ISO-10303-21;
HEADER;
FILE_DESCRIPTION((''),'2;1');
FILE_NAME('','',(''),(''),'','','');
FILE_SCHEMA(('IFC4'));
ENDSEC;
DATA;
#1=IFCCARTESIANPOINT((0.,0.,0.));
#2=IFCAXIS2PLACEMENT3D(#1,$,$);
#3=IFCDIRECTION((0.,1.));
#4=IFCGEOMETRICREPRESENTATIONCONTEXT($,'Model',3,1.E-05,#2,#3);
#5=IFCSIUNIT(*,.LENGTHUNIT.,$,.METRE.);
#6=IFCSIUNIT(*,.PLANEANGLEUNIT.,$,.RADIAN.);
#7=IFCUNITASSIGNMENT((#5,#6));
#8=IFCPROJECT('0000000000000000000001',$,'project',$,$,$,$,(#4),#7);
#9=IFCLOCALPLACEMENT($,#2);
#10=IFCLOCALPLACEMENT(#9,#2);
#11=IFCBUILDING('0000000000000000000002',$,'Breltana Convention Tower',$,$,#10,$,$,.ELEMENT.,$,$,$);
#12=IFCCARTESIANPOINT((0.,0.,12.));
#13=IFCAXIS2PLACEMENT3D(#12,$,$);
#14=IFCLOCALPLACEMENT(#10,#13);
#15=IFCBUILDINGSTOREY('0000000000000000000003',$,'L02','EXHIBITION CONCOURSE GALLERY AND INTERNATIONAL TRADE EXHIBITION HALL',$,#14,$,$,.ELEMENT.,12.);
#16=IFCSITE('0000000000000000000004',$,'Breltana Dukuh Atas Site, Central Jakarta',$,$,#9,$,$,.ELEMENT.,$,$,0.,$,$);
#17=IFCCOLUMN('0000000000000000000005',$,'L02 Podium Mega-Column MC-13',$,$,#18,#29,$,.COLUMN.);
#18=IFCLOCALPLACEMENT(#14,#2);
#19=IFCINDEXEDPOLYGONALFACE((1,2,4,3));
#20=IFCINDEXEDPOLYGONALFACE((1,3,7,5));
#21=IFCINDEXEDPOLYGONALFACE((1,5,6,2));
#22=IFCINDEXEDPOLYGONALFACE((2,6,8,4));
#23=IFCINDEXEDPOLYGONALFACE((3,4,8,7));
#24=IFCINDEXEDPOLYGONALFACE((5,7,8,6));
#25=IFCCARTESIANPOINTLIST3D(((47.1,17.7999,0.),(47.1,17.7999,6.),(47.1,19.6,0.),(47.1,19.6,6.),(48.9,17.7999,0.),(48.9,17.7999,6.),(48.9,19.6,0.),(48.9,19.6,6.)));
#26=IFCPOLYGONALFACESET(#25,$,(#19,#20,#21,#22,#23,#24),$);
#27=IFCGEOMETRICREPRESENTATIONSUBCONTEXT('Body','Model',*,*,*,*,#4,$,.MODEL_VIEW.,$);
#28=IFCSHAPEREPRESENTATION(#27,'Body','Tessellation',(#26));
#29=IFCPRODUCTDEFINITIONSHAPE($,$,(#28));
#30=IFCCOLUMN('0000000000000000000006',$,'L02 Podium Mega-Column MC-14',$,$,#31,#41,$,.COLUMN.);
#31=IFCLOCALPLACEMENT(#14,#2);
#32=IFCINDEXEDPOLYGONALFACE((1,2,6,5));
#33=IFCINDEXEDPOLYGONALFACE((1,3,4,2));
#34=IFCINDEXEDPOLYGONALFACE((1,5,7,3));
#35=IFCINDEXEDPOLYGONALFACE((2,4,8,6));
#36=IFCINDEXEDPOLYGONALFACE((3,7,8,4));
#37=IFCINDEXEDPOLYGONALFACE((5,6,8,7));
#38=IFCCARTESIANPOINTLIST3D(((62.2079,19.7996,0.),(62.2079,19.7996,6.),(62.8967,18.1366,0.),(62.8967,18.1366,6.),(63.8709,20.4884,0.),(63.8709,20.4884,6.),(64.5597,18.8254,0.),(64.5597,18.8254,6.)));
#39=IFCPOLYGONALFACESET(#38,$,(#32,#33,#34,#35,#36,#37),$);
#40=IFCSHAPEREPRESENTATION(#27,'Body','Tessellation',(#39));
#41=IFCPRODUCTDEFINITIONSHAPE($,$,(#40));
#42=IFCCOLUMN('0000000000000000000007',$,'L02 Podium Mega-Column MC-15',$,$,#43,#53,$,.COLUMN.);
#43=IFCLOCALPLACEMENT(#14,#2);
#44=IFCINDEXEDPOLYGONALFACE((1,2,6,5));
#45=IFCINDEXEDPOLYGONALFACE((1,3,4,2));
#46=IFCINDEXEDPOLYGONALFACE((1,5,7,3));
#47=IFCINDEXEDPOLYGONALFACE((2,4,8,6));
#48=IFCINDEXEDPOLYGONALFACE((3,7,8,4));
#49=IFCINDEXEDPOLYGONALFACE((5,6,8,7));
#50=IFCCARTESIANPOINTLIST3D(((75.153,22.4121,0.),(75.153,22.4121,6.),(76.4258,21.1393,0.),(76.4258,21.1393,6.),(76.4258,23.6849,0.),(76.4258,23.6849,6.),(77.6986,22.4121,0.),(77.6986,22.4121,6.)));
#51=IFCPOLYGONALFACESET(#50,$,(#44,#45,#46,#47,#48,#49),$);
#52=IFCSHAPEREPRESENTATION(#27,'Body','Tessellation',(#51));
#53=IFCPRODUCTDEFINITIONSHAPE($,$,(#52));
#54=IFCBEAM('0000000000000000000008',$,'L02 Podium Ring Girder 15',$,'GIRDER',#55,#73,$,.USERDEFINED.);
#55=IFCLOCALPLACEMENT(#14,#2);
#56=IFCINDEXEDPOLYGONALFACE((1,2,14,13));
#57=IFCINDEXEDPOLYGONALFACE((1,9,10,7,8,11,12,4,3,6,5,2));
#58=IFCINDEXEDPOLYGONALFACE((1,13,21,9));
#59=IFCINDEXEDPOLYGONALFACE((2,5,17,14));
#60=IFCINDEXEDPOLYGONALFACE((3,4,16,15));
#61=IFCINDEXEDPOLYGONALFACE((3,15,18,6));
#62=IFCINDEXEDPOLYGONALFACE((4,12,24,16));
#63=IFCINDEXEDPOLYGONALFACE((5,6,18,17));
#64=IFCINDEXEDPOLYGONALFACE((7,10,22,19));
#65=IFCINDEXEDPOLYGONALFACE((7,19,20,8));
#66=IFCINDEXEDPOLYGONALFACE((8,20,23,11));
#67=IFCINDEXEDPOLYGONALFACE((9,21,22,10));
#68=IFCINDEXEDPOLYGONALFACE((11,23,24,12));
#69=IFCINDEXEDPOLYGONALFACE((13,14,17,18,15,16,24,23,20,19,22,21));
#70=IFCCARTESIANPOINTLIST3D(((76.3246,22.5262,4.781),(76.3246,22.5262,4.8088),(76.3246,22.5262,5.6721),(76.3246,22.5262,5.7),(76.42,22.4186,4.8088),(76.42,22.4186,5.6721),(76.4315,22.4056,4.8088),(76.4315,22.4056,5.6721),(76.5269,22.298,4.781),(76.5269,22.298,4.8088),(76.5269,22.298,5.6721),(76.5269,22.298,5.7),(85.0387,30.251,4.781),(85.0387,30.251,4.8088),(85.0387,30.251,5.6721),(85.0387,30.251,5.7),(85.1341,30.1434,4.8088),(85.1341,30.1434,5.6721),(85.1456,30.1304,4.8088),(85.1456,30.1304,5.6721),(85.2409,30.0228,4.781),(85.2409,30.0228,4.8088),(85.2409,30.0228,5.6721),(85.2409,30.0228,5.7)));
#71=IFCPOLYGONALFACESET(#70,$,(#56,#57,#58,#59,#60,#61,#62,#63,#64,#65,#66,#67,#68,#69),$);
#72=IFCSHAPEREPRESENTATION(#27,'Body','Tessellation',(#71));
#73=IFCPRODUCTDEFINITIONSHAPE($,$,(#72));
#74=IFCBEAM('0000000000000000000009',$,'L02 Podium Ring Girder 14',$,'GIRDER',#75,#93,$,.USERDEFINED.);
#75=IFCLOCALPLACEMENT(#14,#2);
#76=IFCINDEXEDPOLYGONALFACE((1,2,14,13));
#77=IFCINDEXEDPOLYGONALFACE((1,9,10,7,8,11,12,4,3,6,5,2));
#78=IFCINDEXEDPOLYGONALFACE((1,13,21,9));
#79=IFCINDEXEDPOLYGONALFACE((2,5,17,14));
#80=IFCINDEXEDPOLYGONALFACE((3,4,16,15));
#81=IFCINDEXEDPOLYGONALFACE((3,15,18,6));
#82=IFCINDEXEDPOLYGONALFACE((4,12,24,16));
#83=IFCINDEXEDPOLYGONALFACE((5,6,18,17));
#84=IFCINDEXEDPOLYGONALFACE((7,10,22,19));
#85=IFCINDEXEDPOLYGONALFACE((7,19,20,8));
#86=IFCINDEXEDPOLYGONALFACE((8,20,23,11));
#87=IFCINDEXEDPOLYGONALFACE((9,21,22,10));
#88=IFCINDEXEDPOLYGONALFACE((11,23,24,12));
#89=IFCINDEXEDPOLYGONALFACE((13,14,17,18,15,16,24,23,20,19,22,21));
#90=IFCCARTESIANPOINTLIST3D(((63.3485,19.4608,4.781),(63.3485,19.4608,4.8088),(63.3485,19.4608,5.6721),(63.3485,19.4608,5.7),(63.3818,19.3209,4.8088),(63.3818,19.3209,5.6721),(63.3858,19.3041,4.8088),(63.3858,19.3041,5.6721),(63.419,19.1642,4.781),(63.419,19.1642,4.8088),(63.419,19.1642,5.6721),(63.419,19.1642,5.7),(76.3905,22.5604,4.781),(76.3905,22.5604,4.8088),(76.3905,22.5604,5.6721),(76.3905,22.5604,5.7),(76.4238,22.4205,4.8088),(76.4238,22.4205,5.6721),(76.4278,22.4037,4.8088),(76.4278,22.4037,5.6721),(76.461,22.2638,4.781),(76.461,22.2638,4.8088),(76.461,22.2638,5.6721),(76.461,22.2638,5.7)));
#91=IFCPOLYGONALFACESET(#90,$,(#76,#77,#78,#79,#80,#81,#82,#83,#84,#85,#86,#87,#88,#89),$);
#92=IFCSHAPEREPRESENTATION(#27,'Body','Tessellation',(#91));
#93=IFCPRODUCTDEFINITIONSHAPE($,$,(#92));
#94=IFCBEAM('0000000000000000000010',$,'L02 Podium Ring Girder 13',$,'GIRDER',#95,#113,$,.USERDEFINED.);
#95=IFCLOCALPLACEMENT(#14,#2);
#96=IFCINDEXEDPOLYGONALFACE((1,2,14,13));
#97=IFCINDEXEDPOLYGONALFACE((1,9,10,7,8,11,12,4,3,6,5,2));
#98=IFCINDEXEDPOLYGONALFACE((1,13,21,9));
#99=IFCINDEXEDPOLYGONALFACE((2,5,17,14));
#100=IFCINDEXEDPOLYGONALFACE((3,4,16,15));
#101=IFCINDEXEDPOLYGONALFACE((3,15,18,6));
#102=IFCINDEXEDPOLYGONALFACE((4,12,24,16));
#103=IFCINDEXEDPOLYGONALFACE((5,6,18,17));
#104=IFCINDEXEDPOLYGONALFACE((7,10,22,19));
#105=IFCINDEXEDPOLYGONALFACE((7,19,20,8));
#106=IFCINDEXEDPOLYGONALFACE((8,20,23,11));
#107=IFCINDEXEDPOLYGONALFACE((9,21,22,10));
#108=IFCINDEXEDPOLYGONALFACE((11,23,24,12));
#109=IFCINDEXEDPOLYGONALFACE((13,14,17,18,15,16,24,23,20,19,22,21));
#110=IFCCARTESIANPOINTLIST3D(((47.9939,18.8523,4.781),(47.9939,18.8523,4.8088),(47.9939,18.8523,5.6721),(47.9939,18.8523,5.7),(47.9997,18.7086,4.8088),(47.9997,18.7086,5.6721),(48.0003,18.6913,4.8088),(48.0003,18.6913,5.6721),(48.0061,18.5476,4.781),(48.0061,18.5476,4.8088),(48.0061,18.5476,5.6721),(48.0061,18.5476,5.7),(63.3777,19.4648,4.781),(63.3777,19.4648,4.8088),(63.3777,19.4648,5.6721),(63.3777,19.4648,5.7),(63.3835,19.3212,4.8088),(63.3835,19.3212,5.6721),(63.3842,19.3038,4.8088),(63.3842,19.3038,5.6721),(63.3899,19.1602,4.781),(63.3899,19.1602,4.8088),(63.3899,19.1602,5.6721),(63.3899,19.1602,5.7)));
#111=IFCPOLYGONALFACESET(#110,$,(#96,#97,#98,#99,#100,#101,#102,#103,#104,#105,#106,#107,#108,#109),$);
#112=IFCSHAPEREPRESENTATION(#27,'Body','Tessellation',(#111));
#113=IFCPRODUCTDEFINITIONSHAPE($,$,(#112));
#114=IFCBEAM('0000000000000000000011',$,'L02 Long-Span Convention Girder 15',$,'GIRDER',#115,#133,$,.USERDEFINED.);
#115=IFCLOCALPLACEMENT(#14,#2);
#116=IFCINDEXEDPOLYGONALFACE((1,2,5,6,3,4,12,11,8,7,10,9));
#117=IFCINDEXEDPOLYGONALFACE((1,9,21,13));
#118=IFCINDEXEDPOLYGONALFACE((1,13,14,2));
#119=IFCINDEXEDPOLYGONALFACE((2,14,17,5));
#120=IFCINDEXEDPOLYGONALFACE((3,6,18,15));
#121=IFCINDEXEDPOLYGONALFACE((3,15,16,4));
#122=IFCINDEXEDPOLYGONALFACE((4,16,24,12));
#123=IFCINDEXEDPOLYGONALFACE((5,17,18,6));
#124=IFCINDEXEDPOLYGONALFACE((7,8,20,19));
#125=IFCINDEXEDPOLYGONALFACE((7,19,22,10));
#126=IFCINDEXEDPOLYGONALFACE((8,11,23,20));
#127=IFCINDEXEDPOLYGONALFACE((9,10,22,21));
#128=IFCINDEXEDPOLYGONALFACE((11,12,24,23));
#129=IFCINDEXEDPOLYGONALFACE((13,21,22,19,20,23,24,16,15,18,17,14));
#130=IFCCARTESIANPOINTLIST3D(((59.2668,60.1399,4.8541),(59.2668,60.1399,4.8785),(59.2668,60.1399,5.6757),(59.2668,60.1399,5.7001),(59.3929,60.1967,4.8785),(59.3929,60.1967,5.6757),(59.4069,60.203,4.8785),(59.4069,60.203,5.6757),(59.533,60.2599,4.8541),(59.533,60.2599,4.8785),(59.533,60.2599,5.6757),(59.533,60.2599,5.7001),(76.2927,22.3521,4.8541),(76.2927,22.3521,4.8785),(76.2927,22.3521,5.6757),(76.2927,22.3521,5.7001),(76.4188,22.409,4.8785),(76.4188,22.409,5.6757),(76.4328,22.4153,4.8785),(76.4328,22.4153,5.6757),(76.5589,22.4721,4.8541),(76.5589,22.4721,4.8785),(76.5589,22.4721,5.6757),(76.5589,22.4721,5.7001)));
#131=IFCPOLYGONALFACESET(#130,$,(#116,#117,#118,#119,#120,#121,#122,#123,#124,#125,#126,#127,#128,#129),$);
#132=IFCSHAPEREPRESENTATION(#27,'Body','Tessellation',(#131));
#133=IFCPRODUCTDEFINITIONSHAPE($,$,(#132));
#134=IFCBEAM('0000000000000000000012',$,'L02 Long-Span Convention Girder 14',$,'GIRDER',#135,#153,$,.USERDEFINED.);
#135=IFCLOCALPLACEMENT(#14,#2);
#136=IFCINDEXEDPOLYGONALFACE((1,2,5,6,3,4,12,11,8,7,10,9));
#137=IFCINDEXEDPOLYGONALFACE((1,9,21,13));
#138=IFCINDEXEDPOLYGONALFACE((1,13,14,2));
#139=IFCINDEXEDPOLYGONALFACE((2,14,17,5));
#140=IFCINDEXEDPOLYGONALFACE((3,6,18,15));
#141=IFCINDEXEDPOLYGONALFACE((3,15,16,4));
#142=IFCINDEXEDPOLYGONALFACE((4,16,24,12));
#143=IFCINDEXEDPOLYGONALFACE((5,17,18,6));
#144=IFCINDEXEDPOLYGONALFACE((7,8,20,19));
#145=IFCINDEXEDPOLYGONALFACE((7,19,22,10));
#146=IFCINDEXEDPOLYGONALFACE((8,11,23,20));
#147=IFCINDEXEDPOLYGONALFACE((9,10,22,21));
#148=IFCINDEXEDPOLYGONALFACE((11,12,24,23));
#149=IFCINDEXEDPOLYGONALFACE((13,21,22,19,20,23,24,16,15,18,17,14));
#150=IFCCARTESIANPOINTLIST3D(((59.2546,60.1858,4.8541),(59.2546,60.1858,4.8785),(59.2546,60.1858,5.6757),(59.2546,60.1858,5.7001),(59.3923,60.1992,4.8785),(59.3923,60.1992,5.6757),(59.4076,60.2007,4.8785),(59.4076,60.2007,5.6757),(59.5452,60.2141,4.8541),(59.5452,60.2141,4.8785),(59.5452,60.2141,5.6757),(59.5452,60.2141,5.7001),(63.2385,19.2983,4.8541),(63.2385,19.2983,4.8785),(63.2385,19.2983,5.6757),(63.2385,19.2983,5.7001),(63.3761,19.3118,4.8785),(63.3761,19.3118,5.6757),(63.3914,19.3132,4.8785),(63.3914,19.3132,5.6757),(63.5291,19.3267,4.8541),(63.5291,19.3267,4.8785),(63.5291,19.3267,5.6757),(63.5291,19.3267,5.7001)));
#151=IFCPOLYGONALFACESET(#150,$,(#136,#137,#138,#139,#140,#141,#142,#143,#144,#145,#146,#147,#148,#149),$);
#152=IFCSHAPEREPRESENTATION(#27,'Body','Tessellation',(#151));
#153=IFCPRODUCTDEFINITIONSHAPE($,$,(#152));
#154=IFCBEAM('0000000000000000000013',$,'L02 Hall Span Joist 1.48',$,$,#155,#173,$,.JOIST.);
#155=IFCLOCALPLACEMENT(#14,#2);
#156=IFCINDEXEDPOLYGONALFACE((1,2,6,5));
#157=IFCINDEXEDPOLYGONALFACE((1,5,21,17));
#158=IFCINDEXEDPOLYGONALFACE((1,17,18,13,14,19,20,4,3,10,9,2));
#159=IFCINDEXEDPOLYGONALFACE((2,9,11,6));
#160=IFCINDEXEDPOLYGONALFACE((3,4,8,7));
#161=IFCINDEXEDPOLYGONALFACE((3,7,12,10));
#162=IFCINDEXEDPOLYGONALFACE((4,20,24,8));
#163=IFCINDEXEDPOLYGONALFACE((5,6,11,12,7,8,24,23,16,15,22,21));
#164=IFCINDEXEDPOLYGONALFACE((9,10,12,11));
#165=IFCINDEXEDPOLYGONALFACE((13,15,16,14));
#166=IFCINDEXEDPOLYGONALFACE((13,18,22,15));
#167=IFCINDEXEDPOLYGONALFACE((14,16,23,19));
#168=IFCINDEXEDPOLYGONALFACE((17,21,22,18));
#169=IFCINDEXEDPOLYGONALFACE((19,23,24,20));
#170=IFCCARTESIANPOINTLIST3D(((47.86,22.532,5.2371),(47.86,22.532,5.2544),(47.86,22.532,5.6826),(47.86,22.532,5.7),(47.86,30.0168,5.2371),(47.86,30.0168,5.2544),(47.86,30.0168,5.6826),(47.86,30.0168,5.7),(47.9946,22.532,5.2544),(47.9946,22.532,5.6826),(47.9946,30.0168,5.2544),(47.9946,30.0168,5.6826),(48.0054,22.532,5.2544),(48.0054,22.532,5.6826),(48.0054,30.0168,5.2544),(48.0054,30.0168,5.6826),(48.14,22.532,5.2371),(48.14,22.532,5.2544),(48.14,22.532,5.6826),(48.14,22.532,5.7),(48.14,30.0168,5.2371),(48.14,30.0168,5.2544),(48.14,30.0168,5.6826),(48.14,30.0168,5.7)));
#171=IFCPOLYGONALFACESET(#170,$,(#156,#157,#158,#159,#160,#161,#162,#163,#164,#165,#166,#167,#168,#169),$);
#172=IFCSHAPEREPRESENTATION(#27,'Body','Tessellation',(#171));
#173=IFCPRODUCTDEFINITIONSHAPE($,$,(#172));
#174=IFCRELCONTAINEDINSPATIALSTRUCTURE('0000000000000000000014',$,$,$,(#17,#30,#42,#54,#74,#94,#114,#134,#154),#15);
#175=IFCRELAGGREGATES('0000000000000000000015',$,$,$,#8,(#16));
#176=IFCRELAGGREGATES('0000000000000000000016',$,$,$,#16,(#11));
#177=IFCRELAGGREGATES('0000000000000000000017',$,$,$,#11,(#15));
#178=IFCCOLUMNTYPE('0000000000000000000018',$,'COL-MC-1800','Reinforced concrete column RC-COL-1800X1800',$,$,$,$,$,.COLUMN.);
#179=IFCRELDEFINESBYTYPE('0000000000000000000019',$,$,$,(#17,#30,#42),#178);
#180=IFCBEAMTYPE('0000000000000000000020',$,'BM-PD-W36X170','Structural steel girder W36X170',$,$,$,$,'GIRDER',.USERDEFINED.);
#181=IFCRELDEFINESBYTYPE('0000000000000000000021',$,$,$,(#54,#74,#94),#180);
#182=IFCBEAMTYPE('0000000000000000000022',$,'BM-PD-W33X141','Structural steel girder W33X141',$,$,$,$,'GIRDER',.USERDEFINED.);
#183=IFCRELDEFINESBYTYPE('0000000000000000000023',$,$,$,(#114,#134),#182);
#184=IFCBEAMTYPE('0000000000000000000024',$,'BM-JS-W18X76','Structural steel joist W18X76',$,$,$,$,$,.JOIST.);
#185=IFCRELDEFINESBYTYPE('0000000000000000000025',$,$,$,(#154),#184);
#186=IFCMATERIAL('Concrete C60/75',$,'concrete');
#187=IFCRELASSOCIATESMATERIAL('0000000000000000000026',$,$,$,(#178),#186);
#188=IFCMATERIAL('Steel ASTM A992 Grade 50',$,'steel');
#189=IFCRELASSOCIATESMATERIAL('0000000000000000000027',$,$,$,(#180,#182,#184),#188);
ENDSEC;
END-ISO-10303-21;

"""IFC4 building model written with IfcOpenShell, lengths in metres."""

from ifc_helpers import new_model, si_unit, direction, frame, origin, origin_2d, place, context, subcontext, project, spatial, rectangle, i_section, extrude, source, transform, mapped, material, material_profile, profile_set, type_object, type_shapes, element, save


model = new_model("IFC4")

# Units and contexts
model_context = context("Model", 3, precision=1e-05, world=origin(), true_north=direction((0.0, 1.0)))
body_context = subcontext(model_context, "Body", "Model", "MODEL_VIEW")
ifc_project = project(units=[si_unit("LENGTHUNIT", "METRE"), si_unit("PLANEANGLEUNIT", "RADIAN")], contexts=[model_context])

# Site, building, storey
site_placement = place(None, origin())
site = spatial("IfcSite", under=ifc_project, at=site_placement, Name="Breltana Dukuh Atas Site, Central Jakarta", CompositionType="ELEMENT", RefElevation=0.0)
building_placement = place(site_placement, origin())
building = spatial("IfcBuilding", under=site, at=building_placement, Name="Breltana Convention Tower", CompositionType="ELEMENT")
storey_placement = place(building_placement, frame((0.0, 0.0, 12.0)))
storey = spatial("IfcBuildingStorey", under=building, at=storey_placement, Name="L02", Description="EXHIBITION CONCOURSE GALLERY AND INTERNATIONAL TRADE EXHIBITION HALL", CompositionType="ELEMENT", Elevation=12.0)

# Columns
ifc_material_1 = material(Name="Concrete C60/75", Category="concrete")
ifc_material_profile_1 = material_profile(ifc_material_1, rectangle(XDim=1.8, YDim=1.8, at=origin_2d()), Name="RC-COL-1800X1800")
ifc_profile_set_1 = profile_set([ifc_material_profile_1], Name="Concrete C60/75")
column_type = type_object("IfcColumnType", Name="COL-MC-1800", Description="Reinforced concrete column RC-COL-1800X1800", PredefinedType="COLUMN", material=ifc_profile_set_1)
shared_shape_1 = source(origin(), body_context, "Body", "SweptSolid", [
    extrude(rectangle(XDim=1.8, YDim=1.8, at=origin_2d()), origin(), (0.0, 0.0, 1.0), 6.0),
])
type_shapes(column_type, [shared_shape_1])
for number, where, z_axis, x_axis, name in (
    (1, (48.0, 18.7, 0.0), (0.0, 0.0, 1.0), (0.0, -1.0, 0.0), "L02 Podium Mega-Column MC-13"),
    (2, (63.3838, 19.3125, 0.0), (0.0, 0.0, 1.0), (0.382683, -0.92388, 0.0), "L02 Podium Mega-Column MC-14"),
    (3, (76.4258, 22.4121, 0.0), (0.0, 0.0, 1.0), (0.707107, -0.707107, 0.0), "L02 Podium Mega-Column MC-15"),
):
    element("IfcColumn", number, at=place(storey_placement, frame(where, z_axis=z_axis, x_axis=x_axis)), inside=storey, type_object=column_type, Name=name, PredefinedType="COLUMN", context=body_context, shape_type="MappedRepresentation", body=[
        mapped(shared_shape_1, transform((0.0, 0.0, 0.0), scale=1.0)),
    ])

# Beams
ifc_material_2 = material(Name="Steel ASTM A992 Grade 50", Category="steel")
ifc_material_profile_2 = material_profile(ifc_material_2, i_section(OverallWidth=0.3049, OverallDepth=0.9189, WebThickness=0.0173, FlangeThickness=0.0278, at=origin_2d()), Name="W36X170")
ifc_profile_set_2 = profile_set([ifc_material_profile_2], Name="Steel ASTM A992 Grade 50")
beam_type_1 = type_object("IfcBeamType", Name="BM-PD-W36X170", Description="Structural steel girder W36X170", ElementType="GIRDER", PredefinedType="USERDEFINED", material=ifc_profile_set_2)
shared_shape_2 = source(origin(), body_context, "Body", "SweptSolid", [
    extrude(i_section(OverallWidth=0.3049, OverallDepth=0.9189, WebThickness=0.0173, FlangeThickness=0.0278, at=origin_2d()), origin(), (0.0, 0.0, 1.0), 11.645),
])
beam_1_placement = place(storey_placement, frame((76.4258, 22.4121, 5.2405), z_axis=(0.748305, 0.663355, 0.0), x_axis=(-0.663355, 0.748305, 0.0)))
element("IfcBeam", 4, at=beam_1_placement, inside=storey, type_object=beam_type_1, Name="L02 Podium Ring Girder 15", ObjectType="GIRDER", PredefinedType="USERDEFINED", context=body_context, shape_type="MappedRepresentation", body=[
    mapped(shared_shape_2, transform((0.0, 0.0, 0.0), scale=1.0)),
])
shared_shape_3 = source(origin(), body_context, "Body", "SweptSolid", [
    extrude(i_section(OverallWidth=0.3049, OverallDepth=0.9189, WebThickness=0.0173, FlangeThickness=0.0278, at=origin_2d()), origin(), (0.0, 0.0, 1.0), 13.4053),
])
beam_2_placement = place(storey_placement, frame((63.3838, 19.3125, 5.2405), z_axis=(0.972901, 0.231223, 0.0), x_axis=(-0.231223, 0.972901, 0.0)))
element("IfcBeam", 5, at=beam_2_placement, inside=storey, type_object=beam_type_1, Name="L02 Podium Ring Girder 14", ObjectType="GIRDER", PredefinedType="USERDEFINED", context=body_context, shape_type="MappedRepresentation", body=[
    mapped(shared_shape_3, transform((0.0, 0.0, 0.0), scale=1.0)),
])
shared_shape_4 = source(origin(), body_context, "Body", "SweptSolid", [
    extrude(i_section(OverallWidth=0.3049, OverallDepth=0.9189, WebThickness=0.0173, FlangeThickness=0.0278, at=origin_2d()), origin(), (0.0, 0.0, 1.0), 15.396),
])
beam_3_placement = place(storey_placement, frame((48.0, 18.7, 5.2405), z_axis=(0.999208, 0.039786, 0.0), x_axis=(-0.039786, 0.999208, 0.0)))
element("IfcBeam", 6, at=beam_3_placement, inside=storey, type_object=beam_type_1, Name="L02 Podium Ring Girder 13", ObjectType="GIRDER", PredefinedType="USERDEFINED", context=body_context, shape_type="MappedRepresentation", body=[
    mapped(shared_shape_4, transform((0.0, 0.0, 0.0), scale=1.0)),
])
ifc_material_profile_3 = material_profile(ifc_material_2, i_section(OverallWidth=0.292, OverallDepth=0.8459, WebThickness=0.0154, FlangeThickness=0.0244, at=origin_2d()), Name="W33X141")
ifc_profile_set_3 = profile_set([ifc_material_profile_3], Name="Steel ASTM A992 Grade 50")
beam_type_2 = type_object("IfcBeamType", Name="BM-PD-W33X141", Description="Structural steel girder W33X141", ElementType="GIRDER", PredefinedType="USERDEFINED", material=ifc_profile_set_3)
shared_shape_5 = source(origin(), body_context, "Body", "SweptSolid", [
    extrude(i_section(OverallWidth=0.292, OverallDepth=0.8459, WebThickness=0.0154, FlangeThickness=0.0244, at=origin_2d()), origin(), (0.0, 0.0, 1.0), 41.4463),
])
beam_4_placement = place(storey_placement, frame((76.4258, 22.4121, 5.2771), z_axis=(-0.410793, 0.911729, 0.0), x_axis=(-0.911729, -0.410793, 0.0)))
element("IfcBeam", 7, at=beam_4_placement, inside=storey, type_object=beam_type_2, Name="L02 Long-Span Convention Girder 15", ObjectType="GIRDER", PredefinedType="USERDEFINED", context=body_context, shape_type="MappedRepresentation", body=[
    mapped(shared_shape_5, transform((0.0, 0.0, 0.0), scale=1.0)),
])
shared_shape_6 = source(origin(), body_context, "Body", "SweptSolid", [
    extrude(i_section(OverallWidth=0.292, OverallDepth=0.8459, WebThickness=0.0154, FlangeThickness=0.0244, at=origin_2d()), origin(), (0.0, 0.0, 1.0), 41.0811),
])
beam_5_placement = place(storey_placement, frame((63.3838, 19.3125, 5.2771), z_axis=(-0.096976, 0.995287, 0.0), x_axis=(-0.995287, -0.096976, 0.0)))
element("IfcBeam", 8, at=beam_5_placement, inside=storey, type_object=beam_type_2, Name="L02 Long-Span Convention Girder 14", ObjectType="GIRDER", PredefinedType="USERDEFINED", context=body_context, shape_type="MappedRepresentation", body=[
    mapped(shared_shape_6, transform((0.0, 0.0, 0.0), scale=1.0)),
])
ifc_material_profile_4 = material_profile(ifc_material_2, i_section(OverallWidth=0.28, OverallDepth=0.4629, WebThickness=0.0107, FlangeThickness=0.0173, at=origin_2d()), Name="W18X76")
ifc_profile_set_4 = profile_set([ifc_material_profile_4], Name="Steel ASTM A992 Grade 50")
beam_type_3 = type_object("IfcBeamType", Name="BM-JS-W18X76", Description="Structural steel joist W18X76", PredefinedType="JOIST", material=ifc_profile_set_4)
shared_shape_7 = source(origin(), body_context, "Body", "SweptSolid", [
    extrude(i_section(OverallWidth=0.28, OverallDepth=0.4629, WebThickness=0.0107, FlangeThickness=0.0173, at=origin_2d()), origin(), (0.0, 0.0, 1.0), 7.4849),
])
type_shapes(beam_type_3, [shared_shape_7])
for number, where, z_axis, x_axis, name in (
    (9, (48.0, 22.532, 5.4685), (0.0, 1.0, 0.0), (-1.0, 0.0, 0.0), "L02 Hall Span Joist 1.48"),
):
    element("IfcBeam", number, at=place(storey_placement, frame(where, z_axis=z_axis, x_axis=x_axis)), inside=storey, type_object=beam_type_3, Name=name, PredefinedType="JOIST", context=body_context, shape_type="MappedRepresentation", body=[
        mapped(shared_shape_7, transform((0.0, 0.0, 0.0), scale=1.0)),
    ])

save(model, "model.ifc")
